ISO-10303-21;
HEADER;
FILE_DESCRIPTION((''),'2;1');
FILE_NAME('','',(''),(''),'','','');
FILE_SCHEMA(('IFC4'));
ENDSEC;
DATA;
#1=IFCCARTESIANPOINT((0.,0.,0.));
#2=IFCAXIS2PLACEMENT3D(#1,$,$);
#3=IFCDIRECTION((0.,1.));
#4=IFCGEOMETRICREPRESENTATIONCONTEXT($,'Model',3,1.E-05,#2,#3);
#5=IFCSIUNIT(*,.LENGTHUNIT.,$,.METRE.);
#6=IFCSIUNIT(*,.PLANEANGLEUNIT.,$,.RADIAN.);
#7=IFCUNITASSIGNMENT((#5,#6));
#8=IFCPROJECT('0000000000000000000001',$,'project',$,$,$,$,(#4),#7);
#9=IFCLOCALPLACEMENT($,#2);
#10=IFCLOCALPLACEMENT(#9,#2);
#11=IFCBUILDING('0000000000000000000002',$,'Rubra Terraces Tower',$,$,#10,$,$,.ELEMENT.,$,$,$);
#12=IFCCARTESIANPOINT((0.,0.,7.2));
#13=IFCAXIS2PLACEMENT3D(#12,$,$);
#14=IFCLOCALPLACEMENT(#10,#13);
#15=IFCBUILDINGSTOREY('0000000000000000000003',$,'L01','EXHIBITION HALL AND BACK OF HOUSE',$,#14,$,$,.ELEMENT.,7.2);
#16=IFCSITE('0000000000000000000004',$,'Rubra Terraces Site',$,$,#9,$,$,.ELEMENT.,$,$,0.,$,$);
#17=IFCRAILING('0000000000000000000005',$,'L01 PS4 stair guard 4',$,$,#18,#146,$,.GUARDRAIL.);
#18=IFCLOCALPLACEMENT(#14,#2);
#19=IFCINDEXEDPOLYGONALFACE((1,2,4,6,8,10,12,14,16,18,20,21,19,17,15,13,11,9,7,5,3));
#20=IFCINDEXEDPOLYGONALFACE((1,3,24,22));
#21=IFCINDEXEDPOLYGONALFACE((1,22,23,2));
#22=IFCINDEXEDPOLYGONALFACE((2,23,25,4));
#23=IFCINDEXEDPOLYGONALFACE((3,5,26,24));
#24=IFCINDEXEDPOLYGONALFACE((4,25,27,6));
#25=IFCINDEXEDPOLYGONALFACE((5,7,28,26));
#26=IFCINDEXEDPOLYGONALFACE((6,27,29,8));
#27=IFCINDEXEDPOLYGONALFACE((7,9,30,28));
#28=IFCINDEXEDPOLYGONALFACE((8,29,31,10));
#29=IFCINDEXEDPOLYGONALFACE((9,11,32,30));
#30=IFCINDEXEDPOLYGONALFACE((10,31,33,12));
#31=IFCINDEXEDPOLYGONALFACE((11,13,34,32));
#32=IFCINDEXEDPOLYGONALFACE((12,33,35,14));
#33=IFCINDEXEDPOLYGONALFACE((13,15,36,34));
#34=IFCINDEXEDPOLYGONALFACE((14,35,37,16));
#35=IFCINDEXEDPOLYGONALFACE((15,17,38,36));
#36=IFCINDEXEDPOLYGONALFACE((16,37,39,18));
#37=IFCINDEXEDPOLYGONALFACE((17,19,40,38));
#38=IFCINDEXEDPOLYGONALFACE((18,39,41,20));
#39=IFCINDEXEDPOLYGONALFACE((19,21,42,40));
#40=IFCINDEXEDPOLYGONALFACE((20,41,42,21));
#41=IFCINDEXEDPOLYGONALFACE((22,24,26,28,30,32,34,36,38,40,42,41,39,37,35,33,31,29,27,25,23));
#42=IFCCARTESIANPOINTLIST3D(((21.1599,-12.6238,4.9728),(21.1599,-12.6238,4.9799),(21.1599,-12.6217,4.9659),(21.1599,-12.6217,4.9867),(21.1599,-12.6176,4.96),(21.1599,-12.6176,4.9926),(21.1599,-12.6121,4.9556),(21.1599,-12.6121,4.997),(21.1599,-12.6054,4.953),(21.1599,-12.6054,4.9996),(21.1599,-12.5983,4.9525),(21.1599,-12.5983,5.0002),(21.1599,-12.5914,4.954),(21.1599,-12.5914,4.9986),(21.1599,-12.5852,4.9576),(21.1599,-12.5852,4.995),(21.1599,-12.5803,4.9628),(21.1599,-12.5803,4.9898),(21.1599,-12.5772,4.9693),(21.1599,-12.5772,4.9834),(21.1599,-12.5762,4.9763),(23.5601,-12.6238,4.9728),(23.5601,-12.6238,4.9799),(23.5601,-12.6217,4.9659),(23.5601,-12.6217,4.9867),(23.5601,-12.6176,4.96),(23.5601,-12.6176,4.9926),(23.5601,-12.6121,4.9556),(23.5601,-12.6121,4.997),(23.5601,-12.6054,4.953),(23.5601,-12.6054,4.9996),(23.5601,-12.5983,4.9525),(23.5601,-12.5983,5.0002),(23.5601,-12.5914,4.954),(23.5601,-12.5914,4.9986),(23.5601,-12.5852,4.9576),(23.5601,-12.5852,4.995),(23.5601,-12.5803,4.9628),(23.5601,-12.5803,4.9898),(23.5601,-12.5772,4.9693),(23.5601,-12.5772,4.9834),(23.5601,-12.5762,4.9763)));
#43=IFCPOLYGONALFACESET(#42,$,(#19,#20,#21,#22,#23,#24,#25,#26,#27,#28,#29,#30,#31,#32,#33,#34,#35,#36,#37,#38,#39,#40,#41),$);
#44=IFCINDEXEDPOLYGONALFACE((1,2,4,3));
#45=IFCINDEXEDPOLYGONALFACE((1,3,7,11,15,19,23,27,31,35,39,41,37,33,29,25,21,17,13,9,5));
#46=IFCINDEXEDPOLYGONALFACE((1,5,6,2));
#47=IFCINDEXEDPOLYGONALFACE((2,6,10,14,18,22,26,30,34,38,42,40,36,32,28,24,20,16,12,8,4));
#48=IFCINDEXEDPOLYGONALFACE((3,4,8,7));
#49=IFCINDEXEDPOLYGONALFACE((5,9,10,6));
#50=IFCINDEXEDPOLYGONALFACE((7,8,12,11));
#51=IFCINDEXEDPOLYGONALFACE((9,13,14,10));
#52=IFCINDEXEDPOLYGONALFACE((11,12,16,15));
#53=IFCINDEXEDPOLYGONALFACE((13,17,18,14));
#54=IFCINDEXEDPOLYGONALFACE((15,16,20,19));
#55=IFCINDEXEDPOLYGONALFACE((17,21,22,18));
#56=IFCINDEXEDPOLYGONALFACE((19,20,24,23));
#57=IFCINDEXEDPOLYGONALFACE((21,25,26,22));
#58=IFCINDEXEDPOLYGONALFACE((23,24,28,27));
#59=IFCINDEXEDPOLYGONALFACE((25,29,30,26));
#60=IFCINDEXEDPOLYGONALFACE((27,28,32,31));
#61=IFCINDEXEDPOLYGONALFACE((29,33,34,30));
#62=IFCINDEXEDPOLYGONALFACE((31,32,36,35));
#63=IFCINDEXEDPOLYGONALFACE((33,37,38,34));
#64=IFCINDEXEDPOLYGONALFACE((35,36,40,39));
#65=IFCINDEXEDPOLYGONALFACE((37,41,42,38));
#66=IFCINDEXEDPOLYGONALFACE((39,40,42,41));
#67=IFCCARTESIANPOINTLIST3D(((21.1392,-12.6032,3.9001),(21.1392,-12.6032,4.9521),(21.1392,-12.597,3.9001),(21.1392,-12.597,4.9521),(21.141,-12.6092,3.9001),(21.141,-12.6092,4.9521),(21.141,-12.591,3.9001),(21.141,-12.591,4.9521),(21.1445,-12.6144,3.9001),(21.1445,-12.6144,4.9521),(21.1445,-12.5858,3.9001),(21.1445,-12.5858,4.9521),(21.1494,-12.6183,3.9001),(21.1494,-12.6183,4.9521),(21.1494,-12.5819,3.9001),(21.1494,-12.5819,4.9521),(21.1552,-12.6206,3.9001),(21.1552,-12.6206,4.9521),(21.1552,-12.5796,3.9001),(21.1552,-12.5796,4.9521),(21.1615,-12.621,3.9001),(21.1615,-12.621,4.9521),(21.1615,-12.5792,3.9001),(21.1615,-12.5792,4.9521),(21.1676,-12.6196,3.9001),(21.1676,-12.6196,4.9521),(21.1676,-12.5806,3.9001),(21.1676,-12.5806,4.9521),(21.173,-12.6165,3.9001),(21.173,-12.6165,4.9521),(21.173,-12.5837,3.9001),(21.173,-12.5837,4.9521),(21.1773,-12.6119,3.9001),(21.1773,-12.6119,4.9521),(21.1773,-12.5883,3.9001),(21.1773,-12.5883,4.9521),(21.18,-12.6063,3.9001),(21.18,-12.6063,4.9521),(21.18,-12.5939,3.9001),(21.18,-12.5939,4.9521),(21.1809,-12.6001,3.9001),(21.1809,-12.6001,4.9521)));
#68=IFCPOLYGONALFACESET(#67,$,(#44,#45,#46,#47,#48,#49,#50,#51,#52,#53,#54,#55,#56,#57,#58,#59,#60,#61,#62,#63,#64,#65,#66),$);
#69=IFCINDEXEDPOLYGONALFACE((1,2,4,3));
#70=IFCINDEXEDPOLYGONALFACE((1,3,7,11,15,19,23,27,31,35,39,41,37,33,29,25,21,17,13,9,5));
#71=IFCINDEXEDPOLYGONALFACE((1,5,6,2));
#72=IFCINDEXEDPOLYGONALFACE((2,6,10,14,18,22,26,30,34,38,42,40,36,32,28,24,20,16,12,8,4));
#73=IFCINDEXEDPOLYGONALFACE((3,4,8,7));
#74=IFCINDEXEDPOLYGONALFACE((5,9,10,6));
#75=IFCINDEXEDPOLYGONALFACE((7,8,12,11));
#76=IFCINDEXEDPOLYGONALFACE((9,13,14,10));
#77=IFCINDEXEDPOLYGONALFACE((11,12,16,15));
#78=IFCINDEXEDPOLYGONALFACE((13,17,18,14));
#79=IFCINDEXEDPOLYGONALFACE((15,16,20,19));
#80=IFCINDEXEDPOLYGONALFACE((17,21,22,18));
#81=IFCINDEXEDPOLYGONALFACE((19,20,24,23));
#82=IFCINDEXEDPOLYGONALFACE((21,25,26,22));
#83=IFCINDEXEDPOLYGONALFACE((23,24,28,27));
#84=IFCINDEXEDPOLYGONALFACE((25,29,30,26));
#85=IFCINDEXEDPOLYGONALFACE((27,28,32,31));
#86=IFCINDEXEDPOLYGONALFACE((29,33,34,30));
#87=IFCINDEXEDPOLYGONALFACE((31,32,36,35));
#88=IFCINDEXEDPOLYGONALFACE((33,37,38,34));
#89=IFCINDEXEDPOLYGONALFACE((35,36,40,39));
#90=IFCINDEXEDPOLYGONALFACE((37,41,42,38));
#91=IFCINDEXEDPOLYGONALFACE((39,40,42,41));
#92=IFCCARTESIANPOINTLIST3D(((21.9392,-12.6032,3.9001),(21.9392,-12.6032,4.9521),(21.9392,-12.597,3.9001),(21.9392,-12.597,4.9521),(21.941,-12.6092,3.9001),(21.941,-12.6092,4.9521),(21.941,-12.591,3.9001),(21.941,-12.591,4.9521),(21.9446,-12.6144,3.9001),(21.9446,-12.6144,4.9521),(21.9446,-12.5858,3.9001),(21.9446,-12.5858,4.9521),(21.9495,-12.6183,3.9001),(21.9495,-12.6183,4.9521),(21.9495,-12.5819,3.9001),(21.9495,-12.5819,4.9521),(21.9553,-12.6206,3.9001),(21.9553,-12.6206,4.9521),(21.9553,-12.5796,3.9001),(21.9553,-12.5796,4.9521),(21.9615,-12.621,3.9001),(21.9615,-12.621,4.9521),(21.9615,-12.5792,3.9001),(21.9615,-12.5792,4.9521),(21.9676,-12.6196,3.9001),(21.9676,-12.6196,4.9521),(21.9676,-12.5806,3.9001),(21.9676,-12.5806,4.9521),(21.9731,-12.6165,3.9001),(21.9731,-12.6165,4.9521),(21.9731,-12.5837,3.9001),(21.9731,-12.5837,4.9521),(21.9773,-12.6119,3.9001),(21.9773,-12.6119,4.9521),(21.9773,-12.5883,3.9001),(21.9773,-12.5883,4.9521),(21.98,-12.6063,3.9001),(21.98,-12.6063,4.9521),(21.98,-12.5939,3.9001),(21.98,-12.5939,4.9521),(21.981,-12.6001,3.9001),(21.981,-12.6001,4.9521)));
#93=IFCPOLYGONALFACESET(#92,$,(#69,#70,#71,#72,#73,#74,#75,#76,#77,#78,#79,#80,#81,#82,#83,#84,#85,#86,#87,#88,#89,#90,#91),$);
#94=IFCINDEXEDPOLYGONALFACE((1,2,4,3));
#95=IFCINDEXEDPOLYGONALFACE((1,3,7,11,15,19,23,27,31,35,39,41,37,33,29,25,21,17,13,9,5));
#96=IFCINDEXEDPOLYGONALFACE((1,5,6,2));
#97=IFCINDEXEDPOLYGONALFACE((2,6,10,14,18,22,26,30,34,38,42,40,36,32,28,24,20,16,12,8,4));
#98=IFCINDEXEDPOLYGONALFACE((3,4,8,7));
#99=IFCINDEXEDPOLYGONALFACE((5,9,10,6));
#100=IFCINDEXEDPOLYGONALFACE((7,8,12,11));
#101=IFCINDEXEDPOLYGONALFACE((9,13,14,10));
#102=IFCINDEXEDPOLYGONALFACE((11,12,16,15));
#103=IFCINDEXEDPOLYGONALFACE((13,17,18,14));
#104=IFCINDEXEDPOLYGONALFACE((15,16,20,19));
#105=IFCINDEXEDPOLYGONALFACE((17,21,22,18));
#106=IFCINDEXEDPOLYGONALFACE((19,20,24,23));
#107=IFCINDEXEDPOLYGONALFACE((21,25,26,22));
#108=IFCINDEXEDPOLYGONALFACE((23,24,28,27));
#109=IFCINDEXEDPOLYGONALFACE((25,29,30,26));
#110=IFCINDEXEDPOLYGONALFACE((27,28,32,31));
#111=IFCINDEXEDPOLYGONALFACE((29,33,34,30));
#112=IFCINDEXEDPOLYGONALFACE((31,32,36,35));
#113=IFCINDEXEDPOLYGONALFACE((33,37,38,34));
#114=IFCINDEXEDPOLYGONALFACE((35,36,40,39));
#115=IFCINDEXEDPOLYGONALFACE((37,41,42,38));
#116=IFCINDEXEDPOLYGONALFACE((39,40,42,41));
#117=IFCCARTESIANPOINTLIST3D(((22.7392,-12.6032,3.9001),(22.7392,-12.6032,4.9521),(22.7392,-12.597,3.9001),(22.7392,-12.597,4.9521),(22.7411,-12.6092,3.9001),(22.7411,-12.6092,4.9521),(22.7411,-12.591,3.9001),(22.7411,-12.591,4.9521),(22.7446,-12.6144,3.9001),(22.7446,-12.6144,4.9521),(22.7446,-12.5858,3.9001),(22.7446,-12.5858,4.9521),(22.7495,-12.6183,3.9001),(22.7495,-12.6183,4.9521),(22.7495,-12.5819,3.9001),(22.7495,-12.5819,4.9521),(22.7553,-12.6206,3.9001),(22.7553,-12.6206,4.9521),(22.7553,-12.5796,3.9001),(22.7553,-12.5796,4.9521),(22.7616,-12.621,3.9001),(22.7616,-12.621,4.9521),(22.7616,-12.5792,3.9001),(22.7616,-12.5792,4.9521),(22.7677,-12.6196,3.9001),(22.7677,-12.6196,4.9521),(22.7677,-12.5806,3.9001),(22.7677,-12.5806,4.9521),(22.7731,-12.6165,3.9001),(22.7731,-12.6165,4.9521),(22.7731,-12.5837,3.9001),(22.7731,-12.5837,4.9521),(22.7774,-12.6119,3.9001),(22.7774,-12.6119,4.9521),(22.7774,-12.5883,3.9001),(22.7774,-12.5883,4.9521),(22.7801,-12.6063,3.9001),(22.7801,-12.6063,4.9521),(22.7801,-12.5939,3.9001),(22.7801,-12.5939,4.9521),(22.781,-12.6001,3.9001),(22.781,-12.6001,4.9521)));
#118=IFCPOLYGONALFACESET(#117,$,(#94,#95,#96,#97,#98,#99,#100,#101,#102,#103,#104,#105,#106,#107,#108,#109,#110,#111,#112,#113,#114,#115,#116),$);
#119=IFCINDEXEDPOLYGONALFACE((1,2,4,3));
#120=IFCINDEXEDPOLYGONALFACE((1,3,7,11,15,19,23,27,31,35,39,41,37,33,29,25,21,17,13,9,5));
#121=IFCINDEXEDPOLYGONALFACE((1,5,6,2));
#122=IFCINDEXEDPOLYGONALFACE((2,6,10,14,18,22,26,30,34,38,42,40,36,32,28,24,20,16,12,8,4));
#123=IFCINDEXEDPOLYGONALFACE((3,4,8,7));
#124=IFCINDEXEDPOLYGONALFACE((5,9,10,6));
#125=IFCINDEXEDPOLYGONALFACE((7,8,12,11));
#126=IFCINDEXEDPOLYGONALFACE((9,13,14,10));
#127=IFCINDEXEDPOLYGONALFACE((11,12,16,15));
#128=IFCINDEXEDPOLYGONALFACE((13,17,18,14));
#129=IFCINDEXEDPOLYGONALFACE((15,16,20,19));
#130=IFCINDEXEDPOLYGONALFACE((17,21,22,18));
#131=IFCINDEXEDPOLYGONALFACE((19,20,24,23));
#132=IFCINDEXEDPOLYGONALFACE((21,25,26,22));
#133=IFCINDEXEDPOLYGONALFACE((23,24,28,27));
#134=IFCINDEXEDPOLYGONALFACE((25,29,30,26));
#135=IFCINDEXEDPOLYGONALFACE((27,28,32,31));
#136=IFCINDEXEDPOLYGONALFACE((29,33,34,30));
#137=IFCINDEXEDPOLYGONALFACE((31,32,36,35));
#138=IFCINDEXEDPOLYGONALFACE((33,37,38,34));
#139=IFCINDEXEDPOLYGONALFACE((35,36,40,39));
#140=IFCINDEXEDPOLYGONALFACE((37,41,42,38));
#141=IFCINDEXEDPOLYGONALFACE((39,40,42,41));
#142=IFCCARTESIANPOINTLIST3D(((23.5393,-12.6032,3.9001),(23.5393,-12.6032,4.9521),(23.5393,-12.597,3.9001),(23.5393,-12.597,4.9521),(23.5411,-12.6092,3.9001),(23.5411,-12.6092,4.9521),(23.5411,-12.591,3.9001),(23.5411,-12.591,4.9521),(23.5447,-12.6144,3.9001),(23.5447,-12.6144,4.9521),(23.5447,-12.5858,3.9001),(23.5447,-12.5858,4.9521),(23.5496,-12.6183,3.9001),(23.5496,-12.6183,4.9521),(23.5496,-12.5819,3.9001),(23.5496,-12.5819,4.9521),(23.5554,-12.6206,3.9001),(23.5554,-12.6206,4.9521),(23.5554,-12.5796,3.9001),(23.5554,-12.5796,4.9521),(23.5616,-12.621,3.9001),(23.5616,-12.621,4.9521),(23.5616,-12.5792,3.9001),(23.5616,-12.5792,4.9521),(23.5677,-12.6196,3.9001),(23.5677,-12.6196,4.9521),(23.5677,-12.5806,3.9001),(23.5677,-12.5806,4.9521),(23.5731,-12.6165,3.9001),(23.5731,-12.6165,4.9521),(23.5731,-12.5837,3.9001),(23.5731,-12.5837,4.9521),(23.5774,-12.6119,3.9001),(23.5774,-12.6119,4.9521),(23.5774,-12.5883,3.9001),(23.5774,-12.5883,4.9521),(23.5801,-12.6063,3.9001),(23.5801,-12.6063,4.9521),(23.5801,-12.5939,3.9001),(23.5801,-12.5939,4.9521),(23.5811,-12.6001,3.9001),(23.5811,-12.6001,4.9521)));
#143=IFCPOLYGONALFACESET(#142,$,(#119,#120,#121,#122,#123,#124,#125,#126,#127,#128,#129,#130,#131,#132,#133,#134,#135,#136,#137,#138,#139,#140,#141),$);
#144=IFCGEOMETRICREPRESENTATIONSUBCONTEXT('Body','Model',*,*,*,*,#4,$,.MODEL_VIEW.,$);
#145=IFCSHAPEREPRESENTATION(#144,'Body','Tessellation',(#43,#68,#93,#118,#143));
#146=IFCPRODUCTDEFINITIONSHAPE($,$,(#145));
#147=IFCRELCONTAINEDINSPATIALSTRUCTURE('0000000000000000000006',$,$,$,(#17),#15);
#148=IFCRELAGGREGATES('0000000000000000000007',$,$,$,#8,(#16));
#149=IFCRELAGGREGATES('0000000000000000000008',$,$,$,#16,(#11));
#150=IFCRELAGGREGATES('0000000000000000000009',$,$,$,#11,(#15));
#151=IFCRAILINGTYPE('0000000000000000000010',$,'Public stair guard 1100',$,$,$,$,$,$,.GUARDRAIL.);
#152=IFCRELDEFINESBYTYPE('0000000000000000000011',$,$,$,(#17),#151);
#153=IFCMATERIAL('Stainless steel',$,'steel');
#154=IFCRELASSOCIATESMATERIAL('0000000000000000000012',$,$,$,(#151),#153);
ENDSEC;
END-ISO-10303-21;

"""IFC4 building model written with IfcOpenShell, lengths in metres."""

from ifc_helpers import new_model, si_unit, direction, frame, origin, origin_2d, place, context, subcontext, project, spatial, circle, extrude, material, type_object, element, save


model = new_model("IFC4")

# Units and contexts
model_context = context("Model", 3, precision=1e-05, world=origin(), true_north=direction((0.0, 1.0)))
body_context = subcontext(model_context, "Body", "Model", "MODEL_VIEW")
ifc_project = project(units=[si_unit("LENGTHUNIT", "METRE"), si_unit("PLANEANGLEUNIT", "RADIAN")], contexts=[model_context])

# Site, building, storey
site_placement = place(None, origin())
site = spatial("IfcSite", under=ifc_project, at=site_placement, Name="Rubra Terraces Site", CompositionType="ELEMENT", RefElevation=0.0)
building_placement = place(site_placement, origin())
building = spatial("IfcBuilding", under=site, at=building_placement, Name="Rubra Terraces Tower", CompositionType="ELEMENT")
storey_placement = place(building_placement, frame((0.0, 0.0, 7.2)))
storey = spatial("IfcBuildingStorey", under=building, at=storey_placement, Name="L01", Description="EXHIBITION HALL AND BACK OF HOUSE", CompositionType="ELEMENT", Elevation=7.2)

# Railing
ifc_material_1 = material(Name="Stainless steel", Category="steel")
railing_type_1 = type_object("IfcRailingType", Name="Public stair guard 1100", PredefinedType="GUARDRAIL", material=ifc_material_1)
railing_1_placement = place(storey_placement, frame((21.1599, -12.6001, 3.9001)))
element("IfcRailing", 1, at=railing_1_placement, inside=storey, type_object=railing_type_1, Name="L01 PS4 stair guard 4", PredefinedType="GUARDRAIL", context=body_context, shape_type="SweptSolid", body=[
    extrude(circle(Radius=0.0239, at=origin_2d()), frame((0.0, 0.0, 1.0762), z_axis=(1.0, 0.0, 0.0), x_axis=(0.0, 1.0, 0.0)), (0.0, 0.0, 1.0), 2.4001),
    extrude(circle(Radius=0.021, at=origin_2d()), origin(), (0.0, 0.0, 1.0), 1.052),
    extrude(circle(Radius=0.021, at=origin_2d()), frame((0.8, 0.0, 0.0)), (0.0, 0.0, 1.0), 1.052),
    extrude(circle(Radius=0.021, at=origin_2d()), frame((1.6001, 0.0, 0.0)), (0.0, 0.0, 1.0), 1.052),
    extrude(circle(Radius=0.021, at=origin_2d()), frame((2.4001, 0.0, 0.0)), (0.0, 0.0, 1.0), 1.052),
])

save(model, "model.ifc")
